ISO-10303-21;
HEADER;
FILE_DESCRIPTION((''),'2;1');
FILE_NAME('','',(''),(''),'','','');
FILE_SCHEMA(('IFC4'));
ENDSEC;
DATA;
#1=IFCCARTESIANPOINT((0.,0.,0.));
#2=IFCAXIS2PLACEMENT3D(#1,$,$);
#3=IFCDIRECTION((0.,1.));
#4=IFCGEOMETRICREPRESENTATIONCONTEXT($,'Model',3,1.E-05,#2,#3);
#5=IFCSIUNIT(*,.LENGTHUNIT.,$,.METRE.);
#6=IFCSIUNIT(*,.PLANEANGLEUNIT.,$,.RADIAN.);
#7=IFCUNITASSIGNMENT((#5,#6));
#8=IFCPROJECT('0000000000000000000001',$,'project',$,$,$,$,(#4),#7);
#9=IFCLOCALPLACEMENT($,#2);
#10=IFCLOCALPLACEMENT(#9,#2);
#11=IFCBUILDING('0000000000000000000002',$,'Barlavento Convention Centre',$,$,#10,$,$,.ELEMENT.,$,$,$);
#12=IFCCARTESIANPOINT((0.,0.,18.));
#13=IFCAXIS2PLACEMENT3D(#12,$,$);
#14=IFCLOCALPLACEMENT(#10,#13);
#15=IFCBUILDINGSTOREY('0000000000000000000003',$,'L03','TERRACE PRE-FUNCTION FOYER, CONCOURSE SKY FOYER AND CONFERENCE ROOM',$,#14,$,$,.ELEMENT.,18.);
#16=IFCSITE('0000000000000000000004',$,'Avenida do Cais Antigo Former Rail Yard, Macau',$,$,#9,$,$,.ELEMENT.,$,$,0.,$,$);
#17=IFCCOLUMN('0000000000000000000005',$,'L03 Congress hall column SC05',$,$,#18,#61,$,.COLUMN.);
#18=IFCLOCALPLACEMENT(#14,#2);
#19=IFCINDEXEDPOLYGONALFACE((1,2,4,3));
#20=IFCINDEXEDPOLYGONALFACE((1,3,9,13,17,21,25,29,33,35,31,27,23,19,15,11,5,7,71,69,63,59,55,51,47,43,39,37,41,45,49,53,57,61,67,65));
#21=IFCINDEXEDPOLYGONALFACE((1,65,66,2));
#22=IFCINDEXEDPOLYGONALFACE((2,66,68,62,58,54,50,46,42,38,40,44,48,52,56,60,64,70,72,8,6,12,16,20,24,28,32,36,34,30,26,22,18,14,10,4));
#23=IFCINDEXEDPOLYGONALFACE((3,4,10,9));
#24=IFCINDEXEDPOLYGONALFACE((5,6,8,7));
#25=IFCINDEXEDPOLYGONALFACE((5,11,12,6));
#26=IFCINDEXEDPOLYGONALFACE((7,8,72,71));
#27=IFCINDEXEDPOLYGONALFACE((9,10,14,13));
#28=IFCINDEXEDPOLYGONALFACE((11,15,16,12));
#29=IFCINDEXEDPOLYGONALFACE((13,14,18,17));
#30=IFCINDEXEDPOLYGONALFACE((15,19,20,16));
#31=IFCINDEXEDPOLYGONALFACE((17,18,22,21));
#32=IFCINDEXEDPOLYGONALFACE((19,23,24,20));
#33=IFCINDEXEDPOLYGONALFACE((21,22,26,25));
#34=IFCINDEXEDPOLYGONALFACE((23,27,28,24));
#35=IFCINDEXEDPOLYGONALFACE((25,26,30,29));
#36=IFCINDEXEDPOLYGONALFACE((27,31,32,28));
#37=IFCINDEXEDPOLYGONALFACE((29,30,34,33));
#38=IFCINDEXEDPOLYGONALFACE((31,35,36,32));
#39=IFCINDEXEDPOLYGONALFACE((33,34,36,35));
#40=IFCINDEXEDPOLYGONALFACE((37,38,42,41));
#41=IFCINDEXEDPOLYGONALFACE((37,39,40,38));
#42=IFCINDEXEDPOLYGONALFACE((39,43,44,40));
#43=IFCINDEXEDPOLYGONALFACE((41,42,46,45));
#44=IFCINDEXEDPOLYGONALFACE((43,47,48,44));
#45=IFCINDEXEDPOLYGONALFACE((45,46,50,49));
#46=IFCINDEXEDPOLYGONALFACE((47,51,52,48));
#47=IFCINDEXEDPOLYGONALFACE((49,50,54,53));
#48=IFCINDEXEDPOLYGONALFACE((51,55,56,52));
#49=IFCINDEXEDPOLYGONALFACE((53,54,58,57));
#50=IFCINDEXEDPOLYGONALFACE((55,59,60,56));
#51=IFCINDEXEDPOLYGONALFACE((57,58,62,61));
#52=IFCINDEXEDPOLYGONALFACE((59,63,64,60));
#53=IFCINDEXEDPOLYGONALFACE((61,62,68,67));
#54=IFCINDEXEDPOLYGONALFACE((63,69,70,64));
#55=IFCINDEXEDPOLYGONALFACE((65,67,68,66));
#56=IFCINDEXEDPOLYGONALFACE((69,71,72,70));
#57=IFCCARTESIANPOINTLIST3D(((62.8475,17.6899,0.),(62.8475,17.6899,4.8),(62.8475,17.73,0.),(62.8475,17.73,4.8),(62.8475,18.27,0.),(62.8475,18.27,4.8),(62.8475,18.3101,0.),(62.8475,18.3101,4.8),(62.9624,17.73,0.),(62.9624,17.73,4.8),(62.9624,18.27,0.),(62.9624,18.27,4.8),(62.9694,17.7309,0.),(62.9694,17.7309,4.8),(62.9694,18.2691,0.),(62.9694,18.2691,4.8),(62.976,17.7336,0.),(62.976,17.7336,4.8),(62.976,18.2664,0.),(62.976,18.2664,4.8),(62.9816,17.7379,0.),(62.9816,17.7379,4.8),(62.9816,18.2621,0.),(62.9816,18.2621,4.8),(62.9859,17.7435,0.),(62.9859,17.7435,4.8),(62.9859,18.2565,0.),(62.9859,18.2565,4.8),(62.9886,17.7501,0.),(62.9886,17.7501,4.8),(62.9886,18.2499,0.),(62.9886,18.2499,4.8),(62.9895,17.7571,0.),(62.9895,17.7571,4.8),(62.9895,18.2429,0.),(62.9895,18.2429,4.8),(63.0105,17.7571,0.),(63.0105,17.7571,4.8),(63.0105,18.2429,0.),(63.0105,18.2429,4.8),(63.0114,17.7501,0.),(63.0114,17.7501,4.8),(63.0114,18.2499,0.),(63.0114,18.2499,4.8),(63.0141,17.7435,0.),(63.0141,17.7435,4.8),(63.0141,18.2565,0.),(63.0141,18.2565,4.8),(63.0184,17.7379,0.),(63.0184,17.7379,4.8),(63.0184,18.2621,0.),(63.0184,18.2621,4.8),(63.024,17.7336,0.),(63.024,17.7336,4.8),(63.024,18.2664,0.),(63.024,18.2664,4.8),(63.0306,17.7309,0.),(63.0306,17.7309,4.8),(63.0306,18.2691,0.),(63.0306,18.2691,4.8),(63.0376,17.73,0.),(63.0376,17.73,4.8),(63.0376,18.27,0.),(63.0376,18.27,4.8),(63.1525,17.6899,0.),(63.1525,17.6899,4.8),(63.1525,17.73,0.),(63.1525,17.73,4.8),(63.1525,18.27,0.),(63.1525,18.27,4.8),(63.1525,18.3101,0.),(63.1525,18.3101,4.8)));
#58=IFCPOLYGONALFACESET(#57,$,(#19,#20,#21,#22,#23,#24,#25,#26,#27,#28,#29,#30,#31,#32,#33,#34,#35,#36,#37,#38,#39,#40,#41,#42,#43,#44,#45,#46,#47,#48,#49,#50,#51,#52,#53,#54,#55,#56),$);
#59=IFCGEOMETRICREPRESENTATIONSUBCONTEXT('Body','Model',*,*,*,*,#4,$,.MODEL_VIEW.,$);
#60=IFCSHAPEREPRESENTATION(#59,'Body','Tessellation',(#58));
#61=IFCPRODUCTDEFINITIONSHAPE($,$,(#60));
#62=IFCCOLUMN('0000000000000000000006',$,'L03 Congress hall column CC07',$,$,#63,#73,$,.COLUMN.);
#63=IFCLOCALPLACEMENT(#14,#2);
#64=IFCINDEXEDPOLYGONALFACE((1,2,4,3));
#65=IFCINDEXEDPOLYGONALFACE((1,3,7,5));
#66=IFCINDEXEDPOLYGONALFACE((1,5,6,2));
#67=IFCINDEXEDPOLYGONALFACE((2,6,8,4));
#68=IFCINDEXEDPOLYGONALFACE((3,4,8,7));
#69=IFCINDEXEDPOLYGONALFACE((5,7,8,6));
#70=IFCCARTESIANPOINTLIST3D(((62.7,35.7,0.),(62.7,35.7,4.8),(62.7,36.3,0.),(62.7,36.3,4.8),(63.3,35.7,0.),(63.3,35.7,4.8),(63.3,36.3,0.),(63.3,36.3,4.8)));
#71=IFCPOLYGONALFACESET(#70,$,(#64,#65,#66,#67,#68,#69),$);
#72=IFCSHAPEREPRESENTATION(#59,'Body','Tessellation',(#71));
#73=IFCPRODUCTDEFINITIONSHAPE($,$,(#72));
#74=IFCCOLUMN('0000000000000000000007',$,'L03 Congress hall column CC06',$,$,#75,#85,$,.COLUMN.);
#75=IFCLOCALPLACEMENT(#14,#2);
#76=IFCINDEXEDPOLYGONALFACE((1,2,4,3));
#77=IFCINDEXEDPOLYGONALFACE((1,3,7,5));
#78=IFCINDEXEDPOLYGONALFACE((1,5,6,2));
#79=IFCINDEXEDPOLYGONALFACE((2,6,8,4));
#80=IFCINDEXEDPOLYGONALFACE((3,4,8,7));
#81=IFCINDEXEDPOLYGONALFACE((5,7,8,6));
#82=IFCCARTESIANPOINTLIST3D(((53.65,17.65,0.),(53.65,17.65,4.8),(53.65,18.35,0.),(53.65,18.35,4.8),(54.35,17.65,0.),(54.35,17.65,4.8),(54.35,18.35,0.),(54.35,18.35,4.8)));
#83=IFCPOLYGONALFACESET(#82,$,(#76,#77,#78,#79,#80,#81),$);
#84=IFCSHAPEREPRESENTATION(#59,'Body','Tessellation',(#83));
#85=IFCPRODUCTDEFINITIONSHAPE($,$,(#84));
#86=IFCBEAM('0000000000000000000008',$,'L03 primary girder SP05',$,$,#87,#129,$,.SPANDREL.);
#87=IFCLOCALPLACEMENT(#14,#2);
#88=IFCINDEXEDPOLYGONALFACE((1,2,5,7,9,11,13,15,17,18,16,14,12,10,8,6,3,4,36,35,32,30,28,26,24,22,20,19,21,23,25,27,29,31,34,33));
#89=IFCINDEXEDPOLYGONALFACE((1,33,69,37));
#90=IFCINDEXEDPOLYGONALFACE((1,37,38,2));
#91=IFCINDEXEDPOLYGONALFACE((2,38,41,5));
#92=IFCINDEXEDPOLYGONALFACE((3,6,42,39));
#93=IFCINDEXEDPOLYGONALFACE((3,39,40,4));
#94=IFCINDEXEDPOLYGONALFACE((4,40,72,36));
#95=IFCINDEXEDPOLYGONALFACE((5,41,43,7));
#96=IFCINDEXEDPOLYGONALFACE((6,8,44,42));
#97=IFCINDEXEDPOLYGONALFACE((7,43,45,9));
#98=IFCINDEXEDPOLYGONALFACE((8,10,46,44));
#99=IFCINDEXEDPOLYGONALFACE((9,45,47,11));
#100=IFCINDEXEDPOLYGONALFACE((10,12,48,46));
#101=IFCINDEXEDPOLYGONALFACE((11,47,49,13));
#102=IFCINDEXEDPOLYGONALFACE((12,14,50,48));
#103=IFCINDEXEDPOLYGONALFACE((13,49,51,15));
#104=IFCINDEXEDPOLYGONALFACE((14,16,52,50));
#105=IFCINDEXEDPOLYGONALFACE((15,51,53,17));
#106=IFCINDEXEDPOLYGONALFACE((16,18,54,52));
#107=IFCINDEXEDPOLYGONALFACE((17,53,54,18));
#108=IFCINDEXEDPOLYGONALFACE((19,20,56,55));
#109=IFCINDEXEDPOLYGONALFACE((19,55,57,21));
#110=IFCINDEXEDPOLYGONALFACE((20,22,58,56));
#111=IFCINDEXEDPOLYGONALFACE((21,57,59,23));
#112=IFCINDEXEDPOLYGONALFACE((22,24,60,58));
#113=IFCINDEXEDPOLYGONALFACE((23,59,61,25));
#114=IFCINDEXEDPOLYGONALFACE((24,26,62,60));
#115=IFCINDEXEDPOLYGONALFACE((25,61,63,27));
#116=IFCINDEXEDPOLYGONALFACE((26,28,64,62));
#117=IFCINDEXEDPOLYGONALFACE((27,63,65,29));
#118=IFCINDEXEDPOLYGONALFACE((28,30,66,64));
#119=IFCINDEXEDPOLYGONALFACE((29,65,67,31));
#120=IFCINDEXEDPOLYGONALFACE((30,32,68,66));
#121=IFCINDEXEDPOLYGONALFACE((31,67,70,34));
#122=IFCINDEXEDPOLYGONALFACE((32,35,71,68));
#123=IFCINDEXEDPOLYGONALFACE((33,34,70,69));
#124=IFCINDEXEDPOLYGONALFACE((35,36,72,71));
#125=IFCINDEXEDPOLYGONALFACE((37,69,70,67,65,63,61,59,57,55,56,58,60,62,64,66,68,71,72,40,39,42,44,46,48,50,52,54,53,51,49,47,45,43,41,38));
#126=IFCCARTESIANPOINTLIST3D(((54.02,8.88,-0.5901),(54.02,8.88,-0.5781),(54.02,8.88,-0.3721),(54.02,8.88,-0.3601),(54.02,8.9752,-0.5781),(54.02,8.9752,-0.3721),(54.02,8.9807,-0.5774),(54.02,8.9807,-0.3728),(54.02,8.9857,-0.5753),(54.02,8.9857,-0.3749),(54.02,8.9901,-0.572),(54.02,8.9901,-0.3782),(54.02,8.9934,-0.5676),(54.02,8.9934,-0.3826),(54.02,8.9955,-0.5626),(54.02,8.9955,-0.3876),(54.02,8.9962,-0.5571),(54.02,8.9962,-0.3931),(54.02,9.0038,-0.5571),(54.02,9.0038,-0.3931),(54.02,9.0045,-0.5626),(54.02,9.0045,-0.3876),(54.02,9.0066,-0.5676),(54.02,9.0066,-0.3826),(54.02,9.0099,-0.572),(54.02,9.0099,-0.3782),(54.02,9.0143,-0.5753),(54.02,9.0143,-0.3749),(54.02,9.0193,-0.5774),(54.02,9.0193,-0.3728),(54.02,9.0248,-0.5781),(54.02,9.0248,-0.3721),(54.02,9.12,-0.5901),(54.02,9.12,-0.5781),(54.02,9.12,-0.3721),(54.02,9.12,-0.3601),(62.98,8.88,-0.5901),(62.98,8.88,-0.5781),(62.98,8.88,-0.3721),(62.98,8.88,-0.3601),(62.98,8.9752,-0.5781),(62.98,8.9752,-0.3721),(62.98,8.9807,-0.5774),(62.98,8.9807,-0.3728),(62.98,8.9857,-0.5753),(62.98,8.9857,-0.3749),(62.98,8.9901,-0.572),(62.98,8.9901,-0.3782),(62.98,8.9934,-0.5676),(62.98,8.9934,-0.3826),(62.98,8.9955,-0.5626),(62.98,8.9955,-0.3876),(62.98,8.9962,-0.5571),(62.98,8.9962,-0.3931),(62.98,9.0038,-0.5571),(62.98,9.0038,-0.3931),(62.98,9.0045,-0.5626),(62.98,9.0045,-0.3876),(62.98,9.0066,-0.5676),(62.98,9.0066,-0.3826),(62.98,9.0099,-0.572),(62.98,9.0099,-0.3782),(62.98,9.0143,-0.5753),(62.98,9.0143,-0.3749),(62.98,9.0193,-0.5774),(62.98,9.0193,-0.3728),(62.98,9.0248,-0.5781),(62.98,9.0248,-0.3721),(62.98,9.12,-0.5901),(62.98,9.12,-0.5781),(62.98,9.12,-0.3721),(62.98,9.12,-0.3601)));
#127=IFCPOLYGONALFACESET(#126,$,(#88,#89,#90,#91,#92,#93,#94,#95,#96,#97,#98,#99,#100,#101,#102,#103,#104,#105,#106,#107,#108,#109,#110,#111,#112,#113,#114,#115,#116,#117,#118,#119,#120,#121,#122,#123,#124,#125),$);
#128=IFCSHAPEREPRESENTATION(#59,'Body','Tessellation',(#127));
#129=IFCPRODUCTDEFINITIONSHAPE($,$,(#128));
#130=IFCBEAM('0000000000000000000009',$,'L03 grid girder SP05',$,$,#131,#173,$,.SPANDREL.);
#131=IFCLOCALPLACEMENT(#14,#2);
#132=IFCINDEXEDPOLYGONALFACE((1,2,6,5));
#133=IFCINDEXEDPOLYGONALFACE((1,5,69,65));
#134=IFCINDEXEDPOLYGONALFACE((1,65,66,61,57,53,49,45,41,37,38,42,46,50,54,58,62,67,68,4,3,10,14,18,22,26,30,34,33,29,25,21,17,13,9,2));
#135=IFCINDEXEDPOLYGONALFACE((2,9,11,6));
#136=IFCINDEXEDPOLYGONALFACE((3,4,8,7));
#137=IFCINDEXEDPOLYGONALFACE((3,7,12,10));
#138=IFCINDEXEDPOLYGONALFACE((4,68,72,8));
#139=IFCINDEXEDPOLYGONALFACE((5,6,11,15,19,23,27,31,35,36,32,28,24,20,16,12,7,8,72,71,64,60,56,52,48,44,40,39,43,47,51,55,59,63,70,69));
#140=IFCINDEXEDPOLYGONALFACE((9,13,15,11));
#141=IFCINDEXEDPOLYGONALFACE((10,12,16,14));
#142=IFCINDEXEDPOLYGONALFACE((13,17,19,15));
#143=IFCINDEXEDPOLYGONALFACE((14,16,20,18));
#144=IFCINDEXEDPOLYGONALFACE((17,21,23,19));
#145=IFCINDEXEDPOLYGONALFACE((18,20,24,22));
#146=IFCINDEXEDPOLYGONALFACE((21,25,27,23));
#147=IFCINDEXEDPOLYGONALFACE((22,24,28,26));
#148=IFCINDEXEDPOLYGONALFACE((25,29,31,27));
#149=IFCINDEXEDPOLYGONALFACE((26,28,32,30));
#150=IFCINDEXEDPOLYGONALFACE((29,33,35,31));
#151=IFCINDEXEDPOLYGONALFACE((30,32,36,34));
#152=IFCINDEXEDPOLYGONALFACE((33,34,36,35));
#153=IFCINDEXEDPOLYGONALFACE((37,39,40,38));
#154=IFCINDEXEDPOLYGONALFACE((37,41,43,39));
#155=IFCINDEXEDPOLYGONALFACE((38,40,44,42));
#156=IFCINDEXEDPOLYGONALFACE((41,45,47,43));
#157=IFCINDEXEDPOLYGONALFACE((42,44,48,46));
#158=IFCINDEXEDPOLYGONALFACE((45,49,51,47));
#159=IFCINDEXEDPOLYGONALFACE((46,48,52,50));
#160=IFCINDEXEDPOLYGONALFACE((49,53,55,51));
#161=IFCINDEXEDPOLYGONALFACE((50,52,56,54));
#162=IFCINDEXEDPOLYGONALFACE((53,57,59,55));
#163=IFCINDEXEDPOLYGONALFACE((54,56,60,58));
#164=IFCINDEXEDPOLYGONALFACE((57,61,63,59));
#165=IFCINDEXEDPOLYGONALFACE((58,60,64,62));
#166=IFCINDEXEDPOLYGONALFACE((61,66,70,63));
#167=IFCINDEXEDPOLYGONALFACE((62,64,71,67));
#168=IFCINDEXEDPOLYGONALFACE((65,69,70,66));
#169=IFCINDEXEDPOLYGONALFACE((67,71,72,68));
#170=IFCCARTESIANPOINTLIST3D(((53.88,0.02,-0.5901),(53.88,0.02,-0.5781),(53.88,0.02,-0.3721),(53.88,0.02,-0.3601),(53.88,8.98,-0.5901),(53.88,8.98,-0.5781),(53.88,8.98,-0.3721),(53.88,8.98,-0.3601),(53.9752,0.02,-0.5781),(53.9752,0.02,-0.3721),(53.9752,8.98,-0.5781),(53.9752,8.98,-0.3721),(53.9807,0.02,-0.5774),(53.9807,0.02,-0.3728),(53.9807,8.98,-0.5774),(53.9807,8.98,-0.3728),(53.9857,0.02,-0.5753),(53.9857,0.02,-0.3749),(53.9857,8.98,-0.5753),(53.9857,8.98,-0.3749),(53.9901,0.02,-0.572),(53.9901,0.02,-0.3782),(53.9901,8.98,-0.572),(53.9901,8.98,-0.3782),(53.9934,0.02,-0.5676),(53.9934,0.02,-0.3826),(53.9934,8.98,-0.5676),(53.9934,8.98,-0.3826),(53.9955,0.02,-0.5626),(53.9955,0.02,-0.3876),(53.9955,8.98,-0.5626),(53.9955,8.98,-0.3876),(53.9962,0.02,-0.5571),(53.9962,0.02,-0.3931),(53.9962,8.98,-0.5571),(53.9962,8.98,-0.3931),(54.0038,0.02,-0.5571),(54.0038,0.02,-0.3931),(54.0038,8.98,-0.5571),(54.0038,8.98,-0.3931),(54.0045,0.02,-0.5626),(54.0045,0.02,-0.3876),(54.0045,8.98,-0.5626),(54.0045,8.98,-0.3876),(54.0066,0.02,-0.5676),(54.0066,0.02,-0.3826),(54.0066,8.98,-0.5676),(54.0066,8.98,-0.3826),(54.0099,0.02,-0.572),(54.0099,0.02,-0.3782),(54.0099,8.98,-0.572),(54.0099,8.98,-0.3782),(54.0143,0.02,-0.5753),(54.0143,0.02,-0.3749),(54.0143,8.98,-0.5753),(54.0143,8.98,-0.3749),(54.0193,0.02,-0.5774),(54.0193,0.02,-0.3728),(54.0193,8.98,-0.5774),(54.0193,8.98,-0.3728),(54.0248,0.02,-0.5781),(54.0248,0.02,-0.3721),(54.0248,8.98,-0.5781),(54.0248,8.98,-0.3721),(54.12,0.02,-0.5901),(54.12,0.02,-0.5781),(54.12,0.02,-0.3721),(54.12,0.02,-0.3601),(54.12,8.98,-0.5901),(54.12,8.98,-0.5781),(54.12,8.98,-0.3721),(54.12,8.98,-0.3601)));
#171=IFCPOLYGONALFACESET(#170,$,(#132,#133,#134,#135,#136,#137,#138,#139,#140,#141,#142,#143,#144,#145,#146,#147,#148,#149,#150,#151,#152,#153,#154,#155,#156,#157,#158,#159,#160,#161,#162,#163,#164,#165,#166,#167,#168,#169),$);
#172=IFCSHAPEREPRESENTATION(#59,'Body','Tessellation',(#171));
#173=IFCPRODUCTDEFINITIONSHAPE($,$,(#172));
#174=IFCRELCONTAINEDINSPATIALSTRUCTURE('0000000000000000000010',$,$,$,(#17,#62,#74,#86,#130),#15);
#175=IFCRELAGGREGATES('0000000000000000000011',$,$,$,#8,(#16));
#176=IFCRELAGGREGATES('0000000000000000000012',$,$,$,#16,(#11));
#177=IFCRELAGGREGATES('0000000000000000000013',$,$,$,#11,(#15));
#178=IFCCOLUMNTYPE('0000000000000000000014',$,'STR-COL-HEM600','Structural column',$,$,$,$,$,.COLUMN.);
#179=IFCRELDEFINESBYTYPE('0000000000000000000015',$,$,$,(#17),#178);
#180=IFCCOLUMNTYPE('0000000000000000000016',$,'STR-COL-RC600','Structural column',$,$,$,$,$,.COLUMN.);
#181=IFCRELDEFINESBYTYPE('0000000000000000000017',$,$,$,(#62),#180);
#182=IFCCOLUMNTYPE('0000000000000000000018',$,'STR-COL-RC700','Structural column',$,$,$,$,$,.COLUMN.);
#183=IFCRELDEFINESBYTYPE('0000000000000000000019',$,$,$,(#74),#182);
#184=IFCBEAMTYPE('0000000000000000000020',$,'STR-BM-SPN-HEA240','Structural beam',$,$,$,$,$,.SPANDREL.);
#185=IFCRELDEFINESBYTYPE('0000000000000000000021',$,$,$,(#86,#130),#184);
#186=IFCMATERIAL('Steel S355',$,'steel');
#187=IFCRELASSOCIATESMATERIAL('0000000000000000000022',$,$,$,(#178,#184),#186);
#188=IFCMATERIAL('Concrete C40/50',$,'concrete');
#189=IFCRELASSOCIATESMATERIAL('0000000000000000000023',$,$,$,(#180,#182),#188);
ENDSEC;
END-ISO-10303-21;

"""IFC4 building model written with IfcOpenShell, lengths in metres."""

from ifc_helpers import new_model, si_unit, direction, frame, origin, origin_2d, place, context, subcontext, project, spatial, rectangle, i_section, extrude, material, material_profile, profile_set, type_object, element, save


model = new_model("IFC4")

# Units and contexts
model_context = context("Model", 3, precision=1e-05, world=origin(), true_north=direction((0.0, 1.0)))
body_context = subcontext(model_context, "Body", "Model", "MODEL_VIEW")
ifc_project = project(units=[si_unit("LENGTHUNIT", "METRE"), si_unit("PLANEANGLEUNIT", "RADIAN")], contexts=[model_context])

# Site, building, storey
site_placement = place(None, origin())
site = spatial("IfcSite", under=ifc_project, at=site_placement, Name="Avenida do Cais Antigo Former Rail Yard, Macau", CompositionType="ELEMENT", RefElevation=0.0)
building_placement = place(site_placement, origin())
building = spatial("IfcBuilding", under=site, at=building_placement, Name="Barlavento Convention Centre", CompositionType="ELEMENT")
storey_placement = place(building_placement, frame((0.0, 0.0, 18.0)))
storey = spatial("IfcBuildingStorey", under=building, at=storey_placement, Name="L03", Description="TERRACE PRE-FUNCTION FOYER, CONCOURSE SKY FOYER AND CONFERENCE ROOM", CompositionType="ELEMENT", Elevation=18.0)

# Columns
ifc_material_1 = material(Name="Steel S355", Category="steel")
ifc_material_profile_1 = material_profile(ifc_material_1, i_section(OverallWidth=0.3049, OverallDepth=0.6201, WebThickness=0.021, FlangeThickness=0.04, FilletRadius=0.0271, at=origin_2d()), Name="HEM 600")
ifc_profile_set_1 = profile_set([ifc_material_profile_1], Name="Steel S355")
column_type_1 = type_object("IfcColumnType", Name="STR-COL-HEM600", Description="Structural column", PredefinedType="COLUMN", material=ifc_profile_set_1)
for number, where, z_axis, x_axis, name in (
    (1, (63.0, 18.0, 0.0), (0.0, 0.0, 1.0), (1.0, 0.0, 0.0), "L03 Congress hall column SC05"),
):
    element("IfcColumn", number, at=place(storey_placement, frame(where, z_axis=z_axis, x_axis=x_axis)), inside=storey, type_object=column_type_1, Name=name, PredefinedType="COLUMN", context=body_context, shape_type="SweptSolid", body=[
        extrude(i_section(OverallWidth=0.3049, OverallDepth=0.6201, WebThickness=0.021, FlangeThickness=0.04, FilletRadius=0.0271, at=origin_2d()), origin(), (0.0, 0.0, 1.0), 4.8),
    ])
ifc_material_2 = material(Name="Concrete C40/50", Category="concrete")
ifc_material_profile_2 = material_profile(ifc_material_2, rectangle(XDim=0.6001, YDim=0.6001, at=origin_2d()), Name="RC 600x600")
ifc_profile_set_2 = profile_set([ifc_material_profile_2], Name="Concrete C40/50")
column_type_2 = type_object("IfcColumnType", Name="STR-COL-RC600", Description="Structural column", PredefinedType="COLUMN", material=ifc_profile_set_2)
column_1_placement = place(storey_placement, frame((63.0, 36.0, 0.0), z_axis=(0.0, 0.0, 1.0), x_axis=(1.0, 0.0, 0.0)))
element("IfcColumn", 2, at=column_1_placement, inside=storey, type_object=column_type_2, Name="L03 Congress hall column CC07", PredefinedType="COLUMN", context=body_context, shape_type="SweptSolid", body=[
    extrude(rectangle(XDim=0.6001, YDim=0.6001, at=origin_2d()), origin(), (0.0, 0.0, 1.0), 4.8),
])
ifc_material_profile_3 = material_profile(ifc_material_2, rectangle(XDim=0.7, YDim=0.7, at=origin_2d()), Name="RC 700x700")
ifc_profile_set_3 = profile_set([ifc_material_profile_3], Name="Concrete C40/50")
column_type_3 = type_object("IfcColumnType", Name="STR-COL-RC700", Description="Structural column", PredefinedType="COLUMN", material=ifc_profile_set_3)
column_2_placement = place(storey_placement, frame((54.0, 18.0, 0.0), z_axis=(0.0, 0.0, 1.0), x_axis=(1.0, 0.0, 0.0)))
element("IfcColumn", 3, at=column_2_placement, inside=storey, type_object=column_type_3, Name="L03 Congress hall column CC06", PredefinedType="COLUMN", context=body_context, shape_type="SweptSolid", body=[
    extrude(rectangle(XDim=0.7, YDim=0.7, at=origin_2d()), origin(), (0.0, 0.0, 1.0), 4.8),
])

# Beams
ifc_material_profile_4 = material_profile(ifc_material_1, i_section(OverallWidth=0.24, OverallDepth=0.23, WebThickness=0.0076, FlangeThickness=0.012, FilletRadius=0.021, at=origin_2d()), Name="HEA 240")
ifc_profile_set_4 = profile_set([ifc_material_profile_4], Name="Steel S355")
beam_type_1 = type_object("IfcBeamType", Name="STR-BM-SPN-HEA240", Description="Structural beam", PredefinedType="SPANDREL", material=ifc_profile_set_4)
for number, where, z_axis, x_axis, name in (
    (4, (54.02, 9.0, -0.4751), (1.0, 0.0, 0.0), (0.0, 1.0, 0.0), "L03 primary girder SP05"),
    (5, (54.0, 0.02, -0.4751), (0.0, 1.0, 0.0), (-1.0, 0.0, 0.0), "L03 grid girder SP05"),
):
    element("IfcBeam", number, at=place(storey_placement, frame(where, z_axis=z_axis, x_axis=x_axis)), inside=storey, type_object=beam_type_1, Name=name, PredefinedType="SPANDREL", context=body_context, shape_type="SweptSolid", body=[
        extrude(i_section(OverallWidth=0.24, OverallDepth=0.23, WebThickness=0.0076, FlangeThickness=0.012, FilletRadius=0.021, at=origin_2d()), origin(), (0.0, 0.0, 1.0), 8.96),
    ])

save(model, "model.ifc")
